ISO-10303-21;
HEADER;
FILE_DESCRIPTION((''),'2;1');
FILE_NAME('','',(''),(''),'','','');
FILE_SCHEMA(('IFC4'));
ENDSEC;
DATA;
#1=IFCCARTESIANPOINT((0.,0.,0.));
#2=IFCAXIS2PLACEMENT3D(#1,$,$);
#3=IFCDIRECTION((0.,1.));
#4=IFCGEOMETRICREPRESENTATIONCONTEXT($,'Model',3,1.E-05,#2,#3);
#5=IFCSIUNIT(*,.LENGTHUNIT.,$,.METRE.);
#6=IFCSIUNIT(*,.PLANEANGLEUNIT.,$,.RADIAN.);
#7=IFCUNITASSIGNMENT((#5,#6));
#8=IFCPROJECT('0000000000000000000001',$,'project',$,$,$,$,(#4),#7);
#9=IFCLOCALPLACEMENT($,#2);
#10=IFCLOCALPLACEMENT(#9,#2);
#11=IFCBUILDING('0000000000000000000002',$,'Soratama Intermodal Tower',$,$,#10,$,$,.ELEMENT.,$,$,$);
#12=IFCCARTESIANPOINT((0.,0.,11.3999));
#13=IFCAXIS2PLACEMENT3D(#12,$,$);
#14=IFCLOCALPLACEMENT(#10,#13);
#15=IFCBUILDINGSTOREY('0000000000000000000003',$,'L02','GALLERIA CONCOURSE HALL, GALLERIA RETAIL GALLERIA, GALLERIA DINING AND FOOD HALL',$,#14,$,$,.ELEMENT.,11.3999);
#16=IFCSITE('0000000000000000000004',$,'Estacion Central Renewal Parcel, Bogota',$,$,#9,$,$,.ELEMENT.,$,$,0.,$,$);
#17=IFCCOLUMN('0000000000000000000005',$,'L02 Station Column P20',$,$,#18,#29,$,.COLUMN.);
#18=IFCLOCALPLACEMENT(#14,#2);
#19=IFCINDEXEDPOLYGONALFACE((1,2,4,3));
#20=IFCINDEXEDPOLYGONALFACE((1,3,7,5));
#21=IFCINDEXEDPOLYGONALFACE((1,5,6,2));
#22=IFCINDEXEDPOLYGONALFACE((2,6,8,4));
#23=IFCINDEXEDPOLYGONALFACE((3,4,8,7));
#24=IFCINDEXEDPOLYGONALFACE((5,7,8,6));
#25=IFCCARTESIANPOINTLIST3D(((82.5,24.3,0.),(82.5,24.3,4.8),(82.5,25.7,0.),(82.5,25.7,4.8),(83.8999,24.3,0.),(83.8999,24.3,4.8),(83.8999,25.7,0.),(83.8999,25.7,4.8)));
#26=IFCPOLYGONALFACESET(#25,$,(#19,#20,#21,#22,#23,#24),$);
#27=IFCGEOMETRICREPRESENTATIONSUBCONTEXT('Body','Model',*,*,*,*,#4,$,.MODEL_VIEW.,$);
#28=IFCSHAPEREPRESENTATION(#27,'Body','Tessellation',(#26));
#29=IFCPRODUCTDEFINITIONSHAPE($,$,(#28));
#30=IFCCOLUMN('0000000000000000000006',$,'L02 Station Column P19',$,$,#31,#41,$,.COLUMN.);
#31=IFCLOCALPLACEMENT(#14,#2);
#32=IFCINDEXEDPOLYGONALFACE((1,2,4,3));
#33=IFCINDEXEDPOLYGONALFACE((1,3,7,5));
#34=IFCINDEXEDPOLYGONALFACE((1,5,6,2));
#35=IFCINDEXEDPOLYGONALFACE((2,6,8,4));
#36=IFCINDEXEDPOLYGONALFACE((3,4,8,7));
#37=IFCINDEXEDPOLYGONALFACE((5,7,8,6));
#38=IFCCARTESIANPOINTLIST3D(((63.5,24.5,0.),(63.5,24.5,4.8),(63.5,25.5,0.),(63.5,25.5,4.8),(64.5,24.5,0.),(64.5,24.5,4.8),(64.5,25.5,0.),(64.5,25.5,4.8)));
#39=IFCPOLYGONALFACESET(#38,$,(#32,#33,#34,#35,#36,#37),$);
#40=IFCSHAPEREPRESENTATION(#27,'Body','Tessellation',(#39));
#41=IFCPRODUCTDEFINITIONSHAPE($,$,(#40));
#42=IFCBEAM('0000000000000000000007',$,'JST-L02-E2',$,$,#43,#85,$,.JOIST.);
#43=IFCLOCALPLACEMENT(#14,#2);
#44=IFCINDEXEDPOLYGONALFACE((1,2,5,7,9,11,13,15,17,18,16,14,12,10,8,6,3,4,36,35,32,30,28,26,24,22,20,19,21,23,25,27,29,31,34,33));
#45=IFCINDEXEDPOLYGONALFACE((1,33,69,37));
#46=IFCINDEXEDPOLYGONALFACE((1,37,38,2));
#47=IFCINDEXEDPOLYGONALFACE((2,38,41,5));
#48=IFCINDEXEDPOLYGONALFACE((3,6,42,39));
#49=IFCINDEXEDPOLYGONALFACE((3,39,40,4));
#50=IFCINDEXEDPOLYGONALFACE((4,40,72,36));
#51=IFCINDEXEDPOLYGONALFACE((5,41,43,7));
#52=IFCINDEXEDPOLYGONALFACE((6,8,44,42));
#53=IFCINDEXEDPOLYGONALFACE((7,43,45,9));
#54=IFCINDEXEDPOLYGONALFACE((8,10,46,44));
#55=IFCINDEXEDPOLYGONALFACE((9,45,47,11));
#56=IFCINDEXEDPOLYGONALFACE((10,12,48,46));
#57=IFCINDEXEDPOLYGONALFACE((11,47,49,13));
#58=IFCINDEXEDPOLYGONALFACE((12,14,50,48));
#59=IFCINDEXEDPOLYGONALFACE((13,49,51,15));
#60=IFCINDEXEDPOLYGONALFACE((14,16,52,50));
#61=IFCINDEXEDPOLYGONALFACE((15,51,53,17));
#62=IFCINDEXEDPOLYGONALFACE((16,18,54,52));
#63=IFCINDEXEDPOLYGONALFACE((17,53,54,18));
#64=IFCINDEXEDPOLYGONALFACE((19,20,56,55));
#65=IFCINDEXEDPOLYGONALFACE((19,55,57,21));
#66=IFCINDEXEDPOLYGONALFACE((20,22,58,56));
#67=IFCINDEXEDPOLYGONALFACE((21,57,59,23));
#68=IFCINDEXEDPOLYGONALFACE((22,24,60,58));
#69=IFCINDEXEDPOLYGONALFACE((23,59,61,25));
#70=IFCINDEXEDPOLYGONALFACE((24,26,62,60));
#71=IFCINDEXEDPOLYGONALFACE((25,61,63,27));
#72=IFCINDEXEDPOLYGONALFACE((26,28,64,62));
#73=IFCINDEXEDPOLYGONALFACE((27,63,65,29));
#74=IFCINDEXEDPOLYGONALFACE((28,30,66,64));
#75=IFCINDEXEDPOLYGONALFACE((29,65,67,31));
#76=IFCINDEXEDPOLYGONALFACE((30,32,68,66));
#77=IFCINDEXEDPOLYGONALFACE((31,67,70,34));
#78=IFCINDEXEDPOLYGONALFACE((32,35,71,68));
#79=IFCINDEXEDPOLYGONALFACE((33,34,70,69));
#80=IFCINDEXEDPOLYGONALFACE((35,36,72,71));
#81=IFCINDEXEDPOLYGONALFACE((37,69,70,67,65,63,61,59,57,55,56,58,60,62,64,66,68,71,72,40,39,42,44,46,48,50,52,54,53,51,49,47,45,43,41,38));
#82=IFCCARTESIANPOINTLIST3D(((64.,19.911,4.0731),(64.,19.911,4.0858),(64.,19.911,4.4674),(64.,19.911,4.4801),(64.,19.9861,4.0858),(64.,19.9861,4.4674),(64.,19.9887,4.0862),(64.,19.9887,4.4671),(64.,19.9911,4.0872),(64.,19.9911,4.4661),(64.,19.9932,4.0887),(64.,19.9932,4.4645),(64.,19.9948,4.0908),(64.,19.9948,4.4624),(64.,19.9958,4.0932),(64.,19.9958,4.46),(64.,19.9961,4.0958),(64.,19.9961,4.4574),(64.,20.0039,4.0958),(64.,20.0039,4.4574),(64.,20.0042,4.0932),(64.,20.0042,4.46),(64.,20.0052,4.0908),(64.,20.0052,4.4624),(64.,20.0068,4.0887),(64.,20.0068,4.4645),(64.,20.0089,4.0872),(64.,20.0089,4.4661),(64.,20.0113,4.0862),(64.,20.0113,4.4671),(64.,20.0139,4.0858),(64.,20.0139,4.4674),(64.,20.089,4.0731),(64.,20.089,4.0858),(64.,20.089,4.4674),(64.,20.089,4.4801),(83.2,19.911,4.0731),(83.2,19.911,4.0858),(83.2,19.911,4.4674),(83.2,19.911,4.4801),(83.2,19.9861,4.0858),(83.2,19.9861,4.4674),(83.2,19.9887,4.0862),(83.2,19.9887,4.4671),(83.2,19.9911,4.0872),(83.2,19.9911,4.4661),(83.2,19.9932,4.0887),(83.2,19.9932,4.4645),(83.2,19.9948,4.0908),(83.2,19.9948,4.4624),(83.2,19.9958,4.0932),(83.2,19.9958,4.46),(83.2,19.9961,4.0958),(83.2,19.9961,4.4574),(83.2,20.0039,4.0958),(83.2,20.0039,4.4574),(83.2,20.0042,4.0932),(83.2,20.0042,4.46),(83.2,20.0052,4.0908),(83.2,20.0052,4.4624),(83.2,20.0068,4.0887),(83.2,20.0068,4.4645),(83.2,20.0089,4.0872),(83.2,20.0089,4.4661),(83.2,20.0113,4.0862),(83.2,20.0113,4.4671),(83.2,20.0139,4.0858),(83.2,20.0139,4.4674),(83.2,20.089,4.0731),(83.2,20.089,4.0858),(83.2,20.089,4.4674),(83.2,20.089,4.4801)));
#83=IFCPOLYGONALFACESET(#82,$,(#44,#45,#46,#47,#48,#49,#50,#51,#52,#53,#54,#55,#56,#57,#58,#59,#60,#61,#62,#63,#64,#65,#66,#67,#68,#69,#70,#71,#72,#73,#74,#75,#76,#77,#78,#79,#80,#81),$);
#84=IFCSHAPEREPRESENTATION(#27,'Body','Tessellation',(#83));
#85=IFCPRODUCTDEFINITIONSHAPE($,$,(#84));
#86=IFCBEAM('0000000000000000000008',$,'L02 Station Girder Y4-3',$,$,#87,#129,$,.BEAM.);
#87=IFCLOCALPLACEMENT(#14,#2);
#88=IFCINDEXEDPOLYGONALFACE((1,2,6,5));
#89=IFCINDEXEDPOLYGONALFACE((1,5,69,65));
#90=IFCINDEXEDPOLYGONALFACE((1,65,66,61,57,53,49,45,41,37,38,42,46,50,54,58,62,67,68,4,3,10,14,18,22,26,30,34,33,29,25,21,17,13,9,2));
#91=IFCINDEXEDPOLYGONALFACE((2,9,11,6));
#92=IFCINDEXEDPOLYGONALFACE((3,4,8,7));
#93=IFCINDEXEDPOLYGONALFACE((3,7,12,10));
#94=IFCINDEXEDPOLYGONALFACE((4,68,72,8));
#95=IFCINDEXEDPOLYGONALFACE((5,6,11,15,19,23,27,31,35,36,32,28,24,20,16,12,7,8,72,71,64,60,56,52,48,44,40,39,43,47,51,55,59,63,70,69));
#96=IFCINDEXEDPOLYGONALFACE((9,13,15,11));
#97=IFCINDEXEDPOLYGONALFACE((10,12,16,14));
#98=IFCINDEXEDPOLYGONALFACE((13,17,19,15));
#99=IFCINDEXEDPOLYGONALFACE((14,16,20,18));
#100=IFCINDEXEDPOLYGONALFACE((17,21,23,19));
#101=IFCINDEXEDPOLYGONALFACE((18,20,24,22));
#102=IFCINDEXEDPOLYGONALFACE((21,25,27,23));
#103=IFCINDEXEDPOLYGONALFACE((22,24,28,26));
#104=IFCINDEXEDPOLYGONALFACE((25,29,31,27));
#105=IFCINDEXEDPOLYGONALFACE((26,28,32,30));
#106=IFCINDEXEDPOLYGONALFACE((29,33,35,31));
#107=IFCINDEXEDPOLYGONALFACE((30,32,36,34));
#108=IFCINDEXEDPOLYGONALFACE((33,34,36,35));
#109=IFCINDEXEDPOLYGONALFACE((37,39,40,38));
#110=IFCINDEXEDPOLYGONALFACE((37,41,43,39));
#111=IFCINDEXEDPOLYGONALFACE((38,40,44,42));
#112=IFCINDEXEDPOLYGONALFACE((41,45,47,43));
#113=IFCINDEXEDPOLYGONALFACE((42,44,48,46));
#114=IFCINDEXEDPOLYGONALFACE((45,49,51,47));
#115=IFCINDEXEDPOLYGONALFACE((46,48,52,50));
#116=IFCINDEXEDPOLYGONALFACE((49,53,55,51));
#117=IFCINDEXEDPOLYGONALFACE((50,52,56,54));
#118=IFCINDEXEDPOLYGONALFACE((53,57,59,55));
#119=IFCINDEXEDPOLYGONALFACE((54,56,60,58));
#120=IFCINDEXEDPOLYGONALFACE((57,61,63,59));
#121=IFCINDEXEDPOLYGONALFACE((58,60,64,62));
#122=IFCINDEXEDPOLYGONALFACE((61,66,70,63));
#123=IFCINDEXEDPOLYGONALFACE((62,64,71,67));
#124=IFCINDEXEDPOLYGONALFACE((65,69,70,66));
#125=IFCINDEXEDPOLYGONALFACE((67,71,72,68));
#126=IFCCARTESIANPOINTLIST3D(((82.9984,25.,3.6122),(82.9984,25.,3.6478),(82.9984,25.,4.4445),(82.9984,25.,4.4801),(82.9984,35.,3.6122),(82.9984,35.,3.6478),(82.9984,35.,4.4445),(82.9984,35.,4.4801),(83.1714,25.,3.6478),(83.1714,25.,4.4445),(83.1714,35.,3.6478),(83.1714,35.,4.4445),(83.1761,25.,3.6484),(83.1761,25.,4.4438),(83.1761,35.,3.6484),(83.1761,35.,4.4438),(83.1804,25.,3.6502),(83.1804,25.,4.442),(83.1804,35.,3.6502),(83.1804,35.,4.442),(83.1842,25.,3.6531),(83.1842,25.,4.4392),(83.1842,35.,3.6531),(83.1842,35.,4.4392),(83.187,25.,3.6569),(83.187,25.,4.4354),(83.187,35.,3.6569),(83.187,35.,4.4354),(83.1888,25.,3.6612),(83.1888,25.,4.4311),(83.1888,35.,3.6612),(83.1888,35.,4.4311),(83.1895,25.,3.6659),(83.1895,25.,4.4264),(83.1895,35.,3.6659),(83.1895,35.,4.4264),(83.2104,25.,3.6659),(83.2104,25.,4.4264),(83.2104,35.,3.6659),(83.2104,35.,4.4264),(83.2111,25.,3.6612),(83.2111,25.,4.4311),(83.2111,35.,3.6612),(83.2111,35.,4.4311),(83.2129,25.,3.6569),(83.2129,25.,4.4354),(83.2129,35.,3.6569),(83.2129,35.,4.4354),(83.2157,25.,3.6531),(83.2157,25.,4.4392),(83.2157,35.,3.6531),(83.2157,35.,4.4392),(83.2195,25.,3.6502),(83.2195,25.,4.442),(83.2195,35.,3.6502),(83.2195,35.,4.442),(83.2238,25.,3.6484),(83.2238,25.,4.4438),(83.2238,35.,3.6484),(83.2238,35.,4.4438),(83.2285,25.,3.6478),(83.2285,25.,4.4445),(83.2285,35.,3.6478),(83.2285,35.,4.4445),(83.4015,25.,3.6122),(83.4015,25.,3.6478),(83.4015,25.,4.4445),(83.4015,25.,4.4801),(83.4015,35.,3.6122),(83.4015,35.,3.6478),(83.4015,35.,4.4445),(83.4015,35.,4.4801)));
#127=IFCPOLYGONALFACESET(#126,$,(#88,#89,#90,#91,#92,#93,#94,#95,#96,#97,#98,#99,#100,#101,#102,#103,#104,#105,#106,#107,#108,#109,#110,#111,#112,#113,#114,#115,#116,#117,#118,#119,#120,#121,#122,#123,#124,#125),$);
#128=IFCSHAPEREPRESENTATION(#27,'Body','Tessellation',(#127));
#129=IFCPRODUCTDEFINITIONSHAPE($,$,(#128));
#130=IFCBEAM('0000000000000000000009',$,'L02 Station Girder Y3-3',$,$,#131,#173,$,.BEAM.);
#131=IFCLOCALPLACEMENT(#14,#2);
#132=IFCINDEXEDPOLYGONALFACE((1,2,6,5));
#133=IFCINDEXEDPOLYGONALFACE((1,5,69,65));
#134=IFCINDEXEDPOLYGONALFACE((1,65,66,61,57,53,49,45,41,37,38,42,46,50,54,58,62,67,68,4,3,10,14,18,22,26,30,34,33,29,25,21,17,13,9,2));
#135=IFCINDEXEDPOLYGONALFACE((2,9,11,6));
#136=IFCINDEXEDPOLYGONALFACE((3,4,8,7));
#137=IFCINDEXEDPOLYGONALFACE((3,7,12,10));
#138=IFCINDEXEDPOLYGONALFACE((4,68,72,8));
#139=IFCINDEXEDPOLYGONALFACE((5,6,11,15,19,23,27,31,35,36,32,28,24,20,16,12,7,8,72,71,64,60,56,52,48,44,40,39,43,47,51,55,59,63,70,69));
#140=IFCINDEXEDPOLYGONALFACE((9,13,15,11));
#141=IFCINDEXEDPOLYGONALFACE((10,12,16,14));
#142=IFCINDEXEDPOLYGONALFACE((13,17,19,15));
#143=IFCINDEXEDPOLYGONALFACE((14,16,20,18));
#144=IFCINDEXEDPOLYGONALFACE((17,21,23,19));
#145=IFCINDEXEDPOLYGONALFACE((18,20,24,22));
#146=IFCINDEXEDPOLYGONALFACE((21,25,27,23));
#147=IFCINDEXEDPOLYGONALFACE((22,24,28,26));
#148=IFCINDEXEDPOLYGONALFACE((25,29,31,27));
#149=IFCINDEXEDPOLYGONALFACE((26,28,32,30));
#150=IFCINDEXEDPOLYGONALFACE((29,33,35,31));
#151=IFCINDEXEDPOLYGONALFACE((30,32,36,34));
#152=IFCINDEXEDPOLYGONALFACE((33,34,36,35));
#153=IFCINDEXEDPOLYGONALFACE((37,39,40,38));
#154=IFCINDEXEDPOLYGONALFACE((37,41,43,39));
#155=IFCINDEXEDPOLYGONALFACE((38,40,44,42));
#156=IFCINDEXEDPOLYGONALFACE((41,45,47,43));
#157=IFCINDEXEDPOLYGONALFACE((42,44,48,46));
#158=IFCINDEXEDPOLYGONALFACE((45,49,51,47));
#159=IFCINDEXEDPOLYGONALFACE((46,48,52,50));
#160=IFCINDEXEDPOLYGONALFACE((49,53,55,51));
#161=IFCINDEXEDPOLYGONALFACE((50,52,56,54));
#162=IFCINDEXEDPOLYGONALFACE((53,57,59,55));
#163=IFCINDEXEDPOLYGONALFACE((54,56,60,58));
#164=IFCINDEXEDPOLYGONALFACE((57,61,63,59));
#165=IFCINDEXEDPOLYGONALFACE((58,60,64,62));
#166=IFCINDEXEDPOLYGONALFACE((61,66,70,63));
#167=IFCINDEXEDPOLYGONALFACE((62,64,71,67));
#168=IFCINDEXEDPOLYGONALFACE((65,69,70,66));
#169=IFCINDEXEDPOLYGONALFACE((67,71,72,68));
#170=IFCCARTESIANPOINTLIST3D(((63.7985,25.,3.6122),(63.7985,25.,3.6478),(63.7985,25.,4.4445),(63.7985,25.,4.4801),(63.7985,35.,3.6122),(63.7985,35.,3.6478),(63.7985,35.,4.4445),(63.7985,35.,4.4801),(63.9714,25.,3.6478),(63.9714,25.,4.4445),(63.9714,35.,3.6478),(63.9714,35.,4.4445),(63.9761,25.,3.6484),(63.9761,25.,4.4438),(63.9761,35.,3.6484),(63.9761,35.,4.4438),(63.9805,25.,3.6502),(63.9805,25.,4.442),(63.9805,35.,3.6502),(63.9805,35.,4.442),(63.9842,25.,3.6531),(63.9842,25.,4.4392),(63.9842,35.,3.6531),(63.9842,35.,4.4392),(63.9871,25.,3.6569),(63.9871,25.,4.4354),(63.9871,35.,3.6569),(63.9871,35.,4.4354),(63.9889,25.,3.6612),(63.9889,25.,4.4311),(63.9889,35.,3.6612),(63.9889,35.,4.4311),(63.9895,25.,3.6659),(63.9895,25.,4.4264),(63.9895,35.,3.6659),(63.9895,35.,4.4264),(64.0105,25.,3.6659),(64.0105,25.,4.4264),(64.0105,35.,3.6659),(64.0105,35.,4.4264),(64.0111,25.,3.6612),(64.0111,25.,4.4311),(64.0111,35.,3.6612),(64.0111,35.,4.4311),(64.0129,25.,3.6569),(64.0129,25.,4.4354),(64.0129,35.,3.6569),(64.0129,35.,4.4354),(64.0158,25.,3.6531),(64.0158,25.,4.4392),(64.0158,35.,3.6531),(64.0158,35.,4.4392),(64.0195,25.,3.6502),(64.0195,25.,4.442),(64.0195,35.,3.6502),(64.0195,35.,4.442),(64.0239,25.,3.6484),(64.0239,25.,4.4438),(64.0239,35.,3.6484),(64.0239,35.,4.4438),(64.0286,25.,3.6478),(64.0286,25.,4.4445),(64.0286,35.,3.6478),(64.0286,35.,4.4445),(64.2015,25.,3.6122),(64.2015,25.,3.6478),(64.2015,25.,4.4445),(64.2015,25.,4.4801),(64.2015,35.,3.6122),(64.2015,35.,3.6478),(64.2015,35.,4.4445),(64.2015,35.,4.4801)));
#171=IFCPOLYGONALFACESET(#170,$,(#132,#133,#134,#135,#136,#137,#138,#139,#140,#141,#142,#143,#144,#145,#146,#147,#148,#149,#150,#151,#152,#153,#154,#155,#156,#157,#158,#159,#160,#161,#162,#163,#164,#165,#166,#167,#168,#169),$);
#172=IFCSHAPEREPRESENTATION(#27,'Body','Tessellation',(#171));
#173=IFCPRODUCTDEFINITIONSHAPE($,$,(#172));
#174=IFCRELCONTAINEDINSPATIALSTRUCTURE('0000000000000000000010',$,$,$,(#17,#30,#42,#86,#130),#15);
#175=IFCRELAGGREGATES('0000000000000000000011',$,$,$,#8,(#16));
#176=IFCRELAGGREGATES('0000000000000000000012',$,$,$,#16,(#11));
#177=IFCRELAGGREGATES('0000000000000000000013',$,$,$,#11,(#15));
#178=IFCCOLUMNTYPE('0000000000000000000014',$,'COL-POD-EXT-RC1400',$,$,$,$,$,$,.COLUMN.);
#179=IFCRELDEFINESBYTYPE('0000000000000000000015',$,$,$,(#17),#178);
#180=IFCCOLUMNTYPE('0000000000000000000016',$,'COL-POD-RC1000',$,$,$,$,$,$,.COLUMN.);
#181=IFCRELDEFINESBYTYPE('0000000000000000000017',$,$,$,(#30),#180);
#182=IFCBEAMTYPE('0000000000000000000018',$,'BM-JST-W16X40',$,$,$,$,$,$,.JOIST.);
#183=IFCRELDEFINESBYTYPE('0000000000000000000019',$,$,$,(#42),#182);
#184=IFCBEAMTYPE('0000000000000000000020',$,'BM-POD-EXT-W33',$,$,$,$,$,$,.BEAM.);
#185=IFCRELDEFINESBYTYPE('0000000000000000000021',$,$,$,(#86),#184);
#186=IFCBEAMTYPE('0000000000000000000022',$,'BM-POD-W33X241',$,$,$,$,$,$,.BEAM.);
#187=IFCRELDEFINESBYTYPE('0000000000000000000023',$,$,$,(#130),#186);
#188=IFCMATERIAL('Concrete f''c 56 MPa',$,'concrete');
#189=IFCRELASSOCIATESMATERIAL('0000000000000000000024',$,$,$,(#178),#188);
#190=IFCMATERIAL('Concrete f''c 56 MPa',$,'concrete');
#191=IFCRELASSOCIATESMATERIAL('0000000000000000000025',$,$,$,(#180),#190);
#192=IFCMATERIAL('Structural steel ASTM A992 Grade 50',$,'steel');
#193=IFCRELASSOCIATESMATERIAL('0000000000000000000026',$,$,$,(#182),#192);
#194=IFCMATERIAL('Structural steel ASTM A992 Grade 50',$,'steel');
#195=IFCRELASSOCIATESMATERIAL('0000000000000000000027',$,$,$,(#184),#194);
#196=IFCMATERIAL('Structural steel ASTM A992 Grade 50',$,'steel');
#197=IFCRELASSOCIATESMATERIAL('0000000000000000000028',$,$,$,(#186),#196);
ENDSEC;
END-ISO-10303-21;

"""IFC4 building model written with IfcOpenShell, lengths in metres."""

from ifc_helpers import new_model, si_unit, direction, frame, origin, origin_2d, place, context, subcontext, project, spatial, rectangle, i_section, extrude, material, material_profile, profile_set, type_object, element, save


model = new_model("IFC4")

# Units and contexts
model_context = context("Model", 3, precision=1e-05, world=origin(), true_north=direction((0.0, 1.0)))
body_context = subcontext(model_context, "Body", "Model", "MODEL_VIEW")
ifc_project = project(units=[si_unit("LENGTHUNIT", "METRE"), si_unit("PLANEANGLEUNIT", "RADIAN")], contexts=[model_context])

# Site, building, storey
site_placement = place(None, origin())
site = spatial("IfcSite", under=ifc_project, at=site_placement, Name="Estacion Central Renewal Parcel, Bogota", CompositionType="ELEMENT", RefElevation=0.0)
building_placement = place(site_placement, origin())
building = spatial("IfcBuilding", under=site, at=building_placement, Name="Soratama Intermodal Tower", CompositionType="ELEMENT")
storey_placement = place(building_placement, frame((0.0, 0.0, 11.3999)))
storey = spatial("IfcBuildingStorey", under=building, at=storey_placement, Name="L02", Description="GALLERIA CONCOURSE HALL, GALLERIA RETAIL GALLERIA, GALLERIA DINING AND FOOD HALL", CompositionType="ELEMENT", Elevation=11.3999)

# Columns
ifc_material_1 = material(Name="Concrete f'c 56 MPa", Category="concrete")
ifc_material_profile_1 = material_profile(ifc_material_1, rectangle(XDim=1.3999, YDim=1.3999, at=origin_2d()), Name="RC1400X1400")
ifc_profile_set_1 = profile_set([ifc_material_profile_1], Name="Concrete f'c 56 MPa")
column_type_1 = type_object("IfcColumnType", Name="COL-POD-EXT-RC1400", PredefinedType="COLUMN", material=ifc_profile_set_1)
column_1_placement = place(storey_placement, frame((83.2, 25.0, 0.0), z_axis=(0.0, 0.0, 1.0), x_axis=(1.0, 0.0, 0.0)))
element("IfcColumn", 1, at=column_1_placement, inside=storey, type_object=column_type_1, Name="L02 Station Column P20", PredefinedType="COLUMN", context=body_context, shape_type="SweptSolid", body=[
    extrude(rectangle(XDim=1.3999, YDim=1.3999, at=origin_2d()), origin(), (0.0, 0.0, 1.0), 4.8),
])
ifc_material_2 = material(Name="Concrete f'c 56 MPa", Category="concrete")
ifc_material_profile_2 = material_profile(ifc_material_2, rectangle(XDim=1.0, YDim=1.0, at=origin_2d()), Name="RC1000X1000")
ifc_profile_set_2 = profile_set([ifc_material_profile_2], Name="Concrete f'c 56 MPa")
column_type_2 = type_object("IfcColumnType", Name="COL-POD-RC1000", PredefinedType="COLUMN", material=ifc_profile_set_2)
column_2_placement = place(storey_placement, frame((64.0, 25.0, 0.0), z_axis=(0.0, 0.0, 1.0), x_axis=(1.0, 0.0, 0.0)))
element("IfcColumn", 2, at=column_2_placement, inside=storey, type_object=column_type_2, Name="L02 Station Column P19", PredefinedType="COLUMN", context=body_context, shape_type="SweptSolid", body=[
    extrude(rectangle(XDim=1.0, YDim=1.0, at=origin_2d()), origin(), (0.0, 0.0, 1.0), 4.8),
])

# Beams
ifc_material_3 = material(Name="Structural steel ASTM A992 Grade 50", Category="steel")
ifc_material_profile_3 = material_profile(ifc_material_3, i_section(OverallWidth=0.178, OverallDepth=0.407, WebThickness=0.0078, FlangeThickness=0.0127, FilletRadius=0.01, at=origin_2d()), Name="W16X40")
ifc_profile_set_3 = profile_set([ifc_material_profile_3], Name="Structural steel ASTM A992 Grade 50")
beam_type_1 = type_object("IfcBeamType", Name="BM-JST-W16X40", PredefinedType="JOIST", material=ifc_profile_set_3)
beam_1_placement = place(storey_placement, frame((64.0, 20.0, 4.2766), z_axis=(1.0, 0.0, 0.0), x_axis=(0.0, 1.0, 0.0)))
element("IfcBeam", 3, at=beam_1_placement, inside=storey, type_object=beam_type_1, Name="JST-L02-E2", PredefinedType="JOIST", context=body_context, shape_type="SweptSolid", body=[
    extrude(i_section(OverallWidth=0.178, OverallDepth=0.407, WebThickness=0.0078, FlangeThickness=0.0127, FilletRadius=0.01, at=origin_2d()), origin(), (0.0, 0.0, 1.0), 19.2),
])
ifc_material_4 = material(Name="Structural steel ASTM A992 Grade 50", Category="steel")
ifc_material_profile_4 = material_profile(ifc_material_4, i_section(OverallWidth=0.4031, OverallDepth=0.8679, WebThickness=0.021, FlangeThickness=0.0356, FilletRadius=0.0181, at=origin_2d()), Name="W33X241")
ifc_profile_set_4 = profile_set([ifc_material_profile_4], Name="Structural steel ASTM A992 Grade 50")
beam_type_2 = type_object("IfcBeamType", Name="BM-POD-EXT-W33", PredefinedType="BEAM", material=ifc_profile_set_4)
beam_2_placement = place(storey_placement, frame((83.2, 25.0, 4.0461), z_axis=(0.0, 1.0, 0.0), x_axis=(-1.0, 0.0, 0.0)))
element("IfcBeam", 4, at=beam_2_placement, inside=storey, type_object=beam_type_2, Name="L02 Station Girder Y4-3", PredefinedType="BEAM", context=body_context, shape_type="SweptSolid", body=[
    extrude(i_section(OverallWidth=0.4031, OverallDepth=0.8679, WebThickness=0.021, FlangeThickness=0.0356, FilletRadius=0.0181, at=origin_2d()), origin(), (0.0, 0.0, 1.0), 10.0),
])
ifc_material_5 = material(Name="Structural steel ASTM A992 Grade 50", Category="steel")
ifc_material_profile_5 = material_profile(ifc_material_5, i_section(OverallWidth=0.4031, OverallDepth=0.8679, WebThickness=0.021, FlangeThickness=0.0356, FilletRadius=0.0181, at=origin_2d()), Name="W33X241")
ifc_profile_set_5 = profile_set([ifc_material_profile_5], Name="Structural steel ASTM A992 Grade 50")
beam_type_3 = type_object("IfcBeamType", Name="BM-POD-W33X241", PredefinedType="BEAM", material=ifc_profile_set_5)
beam_3_placement = place(storey_placement, frame((64.0, 25.0, 4.0461), z_axis=(0.0, 1.0, 0.0), x_axis=(-1.0, 0.0, 0.0)))
element("IfcBeam", 5, at=beam_3_placement, inside=storey, type_object=beam_type_3, Name="L02 Station Girder Y3-3", PredefinedType="BEAM", context=body_context, shape_type="SweptSolid", body=[
    extrude(i_section(OverallWidth=0.4031, OverallDepth=0.8679, WebThickness=0.021, FlangeThickness=0.0356, FilletRadius=0.0181, at=origin_2d()), origin(), (0.0, 0.0, 1.0), 10.0),
])

save(model, "model.ifc")
